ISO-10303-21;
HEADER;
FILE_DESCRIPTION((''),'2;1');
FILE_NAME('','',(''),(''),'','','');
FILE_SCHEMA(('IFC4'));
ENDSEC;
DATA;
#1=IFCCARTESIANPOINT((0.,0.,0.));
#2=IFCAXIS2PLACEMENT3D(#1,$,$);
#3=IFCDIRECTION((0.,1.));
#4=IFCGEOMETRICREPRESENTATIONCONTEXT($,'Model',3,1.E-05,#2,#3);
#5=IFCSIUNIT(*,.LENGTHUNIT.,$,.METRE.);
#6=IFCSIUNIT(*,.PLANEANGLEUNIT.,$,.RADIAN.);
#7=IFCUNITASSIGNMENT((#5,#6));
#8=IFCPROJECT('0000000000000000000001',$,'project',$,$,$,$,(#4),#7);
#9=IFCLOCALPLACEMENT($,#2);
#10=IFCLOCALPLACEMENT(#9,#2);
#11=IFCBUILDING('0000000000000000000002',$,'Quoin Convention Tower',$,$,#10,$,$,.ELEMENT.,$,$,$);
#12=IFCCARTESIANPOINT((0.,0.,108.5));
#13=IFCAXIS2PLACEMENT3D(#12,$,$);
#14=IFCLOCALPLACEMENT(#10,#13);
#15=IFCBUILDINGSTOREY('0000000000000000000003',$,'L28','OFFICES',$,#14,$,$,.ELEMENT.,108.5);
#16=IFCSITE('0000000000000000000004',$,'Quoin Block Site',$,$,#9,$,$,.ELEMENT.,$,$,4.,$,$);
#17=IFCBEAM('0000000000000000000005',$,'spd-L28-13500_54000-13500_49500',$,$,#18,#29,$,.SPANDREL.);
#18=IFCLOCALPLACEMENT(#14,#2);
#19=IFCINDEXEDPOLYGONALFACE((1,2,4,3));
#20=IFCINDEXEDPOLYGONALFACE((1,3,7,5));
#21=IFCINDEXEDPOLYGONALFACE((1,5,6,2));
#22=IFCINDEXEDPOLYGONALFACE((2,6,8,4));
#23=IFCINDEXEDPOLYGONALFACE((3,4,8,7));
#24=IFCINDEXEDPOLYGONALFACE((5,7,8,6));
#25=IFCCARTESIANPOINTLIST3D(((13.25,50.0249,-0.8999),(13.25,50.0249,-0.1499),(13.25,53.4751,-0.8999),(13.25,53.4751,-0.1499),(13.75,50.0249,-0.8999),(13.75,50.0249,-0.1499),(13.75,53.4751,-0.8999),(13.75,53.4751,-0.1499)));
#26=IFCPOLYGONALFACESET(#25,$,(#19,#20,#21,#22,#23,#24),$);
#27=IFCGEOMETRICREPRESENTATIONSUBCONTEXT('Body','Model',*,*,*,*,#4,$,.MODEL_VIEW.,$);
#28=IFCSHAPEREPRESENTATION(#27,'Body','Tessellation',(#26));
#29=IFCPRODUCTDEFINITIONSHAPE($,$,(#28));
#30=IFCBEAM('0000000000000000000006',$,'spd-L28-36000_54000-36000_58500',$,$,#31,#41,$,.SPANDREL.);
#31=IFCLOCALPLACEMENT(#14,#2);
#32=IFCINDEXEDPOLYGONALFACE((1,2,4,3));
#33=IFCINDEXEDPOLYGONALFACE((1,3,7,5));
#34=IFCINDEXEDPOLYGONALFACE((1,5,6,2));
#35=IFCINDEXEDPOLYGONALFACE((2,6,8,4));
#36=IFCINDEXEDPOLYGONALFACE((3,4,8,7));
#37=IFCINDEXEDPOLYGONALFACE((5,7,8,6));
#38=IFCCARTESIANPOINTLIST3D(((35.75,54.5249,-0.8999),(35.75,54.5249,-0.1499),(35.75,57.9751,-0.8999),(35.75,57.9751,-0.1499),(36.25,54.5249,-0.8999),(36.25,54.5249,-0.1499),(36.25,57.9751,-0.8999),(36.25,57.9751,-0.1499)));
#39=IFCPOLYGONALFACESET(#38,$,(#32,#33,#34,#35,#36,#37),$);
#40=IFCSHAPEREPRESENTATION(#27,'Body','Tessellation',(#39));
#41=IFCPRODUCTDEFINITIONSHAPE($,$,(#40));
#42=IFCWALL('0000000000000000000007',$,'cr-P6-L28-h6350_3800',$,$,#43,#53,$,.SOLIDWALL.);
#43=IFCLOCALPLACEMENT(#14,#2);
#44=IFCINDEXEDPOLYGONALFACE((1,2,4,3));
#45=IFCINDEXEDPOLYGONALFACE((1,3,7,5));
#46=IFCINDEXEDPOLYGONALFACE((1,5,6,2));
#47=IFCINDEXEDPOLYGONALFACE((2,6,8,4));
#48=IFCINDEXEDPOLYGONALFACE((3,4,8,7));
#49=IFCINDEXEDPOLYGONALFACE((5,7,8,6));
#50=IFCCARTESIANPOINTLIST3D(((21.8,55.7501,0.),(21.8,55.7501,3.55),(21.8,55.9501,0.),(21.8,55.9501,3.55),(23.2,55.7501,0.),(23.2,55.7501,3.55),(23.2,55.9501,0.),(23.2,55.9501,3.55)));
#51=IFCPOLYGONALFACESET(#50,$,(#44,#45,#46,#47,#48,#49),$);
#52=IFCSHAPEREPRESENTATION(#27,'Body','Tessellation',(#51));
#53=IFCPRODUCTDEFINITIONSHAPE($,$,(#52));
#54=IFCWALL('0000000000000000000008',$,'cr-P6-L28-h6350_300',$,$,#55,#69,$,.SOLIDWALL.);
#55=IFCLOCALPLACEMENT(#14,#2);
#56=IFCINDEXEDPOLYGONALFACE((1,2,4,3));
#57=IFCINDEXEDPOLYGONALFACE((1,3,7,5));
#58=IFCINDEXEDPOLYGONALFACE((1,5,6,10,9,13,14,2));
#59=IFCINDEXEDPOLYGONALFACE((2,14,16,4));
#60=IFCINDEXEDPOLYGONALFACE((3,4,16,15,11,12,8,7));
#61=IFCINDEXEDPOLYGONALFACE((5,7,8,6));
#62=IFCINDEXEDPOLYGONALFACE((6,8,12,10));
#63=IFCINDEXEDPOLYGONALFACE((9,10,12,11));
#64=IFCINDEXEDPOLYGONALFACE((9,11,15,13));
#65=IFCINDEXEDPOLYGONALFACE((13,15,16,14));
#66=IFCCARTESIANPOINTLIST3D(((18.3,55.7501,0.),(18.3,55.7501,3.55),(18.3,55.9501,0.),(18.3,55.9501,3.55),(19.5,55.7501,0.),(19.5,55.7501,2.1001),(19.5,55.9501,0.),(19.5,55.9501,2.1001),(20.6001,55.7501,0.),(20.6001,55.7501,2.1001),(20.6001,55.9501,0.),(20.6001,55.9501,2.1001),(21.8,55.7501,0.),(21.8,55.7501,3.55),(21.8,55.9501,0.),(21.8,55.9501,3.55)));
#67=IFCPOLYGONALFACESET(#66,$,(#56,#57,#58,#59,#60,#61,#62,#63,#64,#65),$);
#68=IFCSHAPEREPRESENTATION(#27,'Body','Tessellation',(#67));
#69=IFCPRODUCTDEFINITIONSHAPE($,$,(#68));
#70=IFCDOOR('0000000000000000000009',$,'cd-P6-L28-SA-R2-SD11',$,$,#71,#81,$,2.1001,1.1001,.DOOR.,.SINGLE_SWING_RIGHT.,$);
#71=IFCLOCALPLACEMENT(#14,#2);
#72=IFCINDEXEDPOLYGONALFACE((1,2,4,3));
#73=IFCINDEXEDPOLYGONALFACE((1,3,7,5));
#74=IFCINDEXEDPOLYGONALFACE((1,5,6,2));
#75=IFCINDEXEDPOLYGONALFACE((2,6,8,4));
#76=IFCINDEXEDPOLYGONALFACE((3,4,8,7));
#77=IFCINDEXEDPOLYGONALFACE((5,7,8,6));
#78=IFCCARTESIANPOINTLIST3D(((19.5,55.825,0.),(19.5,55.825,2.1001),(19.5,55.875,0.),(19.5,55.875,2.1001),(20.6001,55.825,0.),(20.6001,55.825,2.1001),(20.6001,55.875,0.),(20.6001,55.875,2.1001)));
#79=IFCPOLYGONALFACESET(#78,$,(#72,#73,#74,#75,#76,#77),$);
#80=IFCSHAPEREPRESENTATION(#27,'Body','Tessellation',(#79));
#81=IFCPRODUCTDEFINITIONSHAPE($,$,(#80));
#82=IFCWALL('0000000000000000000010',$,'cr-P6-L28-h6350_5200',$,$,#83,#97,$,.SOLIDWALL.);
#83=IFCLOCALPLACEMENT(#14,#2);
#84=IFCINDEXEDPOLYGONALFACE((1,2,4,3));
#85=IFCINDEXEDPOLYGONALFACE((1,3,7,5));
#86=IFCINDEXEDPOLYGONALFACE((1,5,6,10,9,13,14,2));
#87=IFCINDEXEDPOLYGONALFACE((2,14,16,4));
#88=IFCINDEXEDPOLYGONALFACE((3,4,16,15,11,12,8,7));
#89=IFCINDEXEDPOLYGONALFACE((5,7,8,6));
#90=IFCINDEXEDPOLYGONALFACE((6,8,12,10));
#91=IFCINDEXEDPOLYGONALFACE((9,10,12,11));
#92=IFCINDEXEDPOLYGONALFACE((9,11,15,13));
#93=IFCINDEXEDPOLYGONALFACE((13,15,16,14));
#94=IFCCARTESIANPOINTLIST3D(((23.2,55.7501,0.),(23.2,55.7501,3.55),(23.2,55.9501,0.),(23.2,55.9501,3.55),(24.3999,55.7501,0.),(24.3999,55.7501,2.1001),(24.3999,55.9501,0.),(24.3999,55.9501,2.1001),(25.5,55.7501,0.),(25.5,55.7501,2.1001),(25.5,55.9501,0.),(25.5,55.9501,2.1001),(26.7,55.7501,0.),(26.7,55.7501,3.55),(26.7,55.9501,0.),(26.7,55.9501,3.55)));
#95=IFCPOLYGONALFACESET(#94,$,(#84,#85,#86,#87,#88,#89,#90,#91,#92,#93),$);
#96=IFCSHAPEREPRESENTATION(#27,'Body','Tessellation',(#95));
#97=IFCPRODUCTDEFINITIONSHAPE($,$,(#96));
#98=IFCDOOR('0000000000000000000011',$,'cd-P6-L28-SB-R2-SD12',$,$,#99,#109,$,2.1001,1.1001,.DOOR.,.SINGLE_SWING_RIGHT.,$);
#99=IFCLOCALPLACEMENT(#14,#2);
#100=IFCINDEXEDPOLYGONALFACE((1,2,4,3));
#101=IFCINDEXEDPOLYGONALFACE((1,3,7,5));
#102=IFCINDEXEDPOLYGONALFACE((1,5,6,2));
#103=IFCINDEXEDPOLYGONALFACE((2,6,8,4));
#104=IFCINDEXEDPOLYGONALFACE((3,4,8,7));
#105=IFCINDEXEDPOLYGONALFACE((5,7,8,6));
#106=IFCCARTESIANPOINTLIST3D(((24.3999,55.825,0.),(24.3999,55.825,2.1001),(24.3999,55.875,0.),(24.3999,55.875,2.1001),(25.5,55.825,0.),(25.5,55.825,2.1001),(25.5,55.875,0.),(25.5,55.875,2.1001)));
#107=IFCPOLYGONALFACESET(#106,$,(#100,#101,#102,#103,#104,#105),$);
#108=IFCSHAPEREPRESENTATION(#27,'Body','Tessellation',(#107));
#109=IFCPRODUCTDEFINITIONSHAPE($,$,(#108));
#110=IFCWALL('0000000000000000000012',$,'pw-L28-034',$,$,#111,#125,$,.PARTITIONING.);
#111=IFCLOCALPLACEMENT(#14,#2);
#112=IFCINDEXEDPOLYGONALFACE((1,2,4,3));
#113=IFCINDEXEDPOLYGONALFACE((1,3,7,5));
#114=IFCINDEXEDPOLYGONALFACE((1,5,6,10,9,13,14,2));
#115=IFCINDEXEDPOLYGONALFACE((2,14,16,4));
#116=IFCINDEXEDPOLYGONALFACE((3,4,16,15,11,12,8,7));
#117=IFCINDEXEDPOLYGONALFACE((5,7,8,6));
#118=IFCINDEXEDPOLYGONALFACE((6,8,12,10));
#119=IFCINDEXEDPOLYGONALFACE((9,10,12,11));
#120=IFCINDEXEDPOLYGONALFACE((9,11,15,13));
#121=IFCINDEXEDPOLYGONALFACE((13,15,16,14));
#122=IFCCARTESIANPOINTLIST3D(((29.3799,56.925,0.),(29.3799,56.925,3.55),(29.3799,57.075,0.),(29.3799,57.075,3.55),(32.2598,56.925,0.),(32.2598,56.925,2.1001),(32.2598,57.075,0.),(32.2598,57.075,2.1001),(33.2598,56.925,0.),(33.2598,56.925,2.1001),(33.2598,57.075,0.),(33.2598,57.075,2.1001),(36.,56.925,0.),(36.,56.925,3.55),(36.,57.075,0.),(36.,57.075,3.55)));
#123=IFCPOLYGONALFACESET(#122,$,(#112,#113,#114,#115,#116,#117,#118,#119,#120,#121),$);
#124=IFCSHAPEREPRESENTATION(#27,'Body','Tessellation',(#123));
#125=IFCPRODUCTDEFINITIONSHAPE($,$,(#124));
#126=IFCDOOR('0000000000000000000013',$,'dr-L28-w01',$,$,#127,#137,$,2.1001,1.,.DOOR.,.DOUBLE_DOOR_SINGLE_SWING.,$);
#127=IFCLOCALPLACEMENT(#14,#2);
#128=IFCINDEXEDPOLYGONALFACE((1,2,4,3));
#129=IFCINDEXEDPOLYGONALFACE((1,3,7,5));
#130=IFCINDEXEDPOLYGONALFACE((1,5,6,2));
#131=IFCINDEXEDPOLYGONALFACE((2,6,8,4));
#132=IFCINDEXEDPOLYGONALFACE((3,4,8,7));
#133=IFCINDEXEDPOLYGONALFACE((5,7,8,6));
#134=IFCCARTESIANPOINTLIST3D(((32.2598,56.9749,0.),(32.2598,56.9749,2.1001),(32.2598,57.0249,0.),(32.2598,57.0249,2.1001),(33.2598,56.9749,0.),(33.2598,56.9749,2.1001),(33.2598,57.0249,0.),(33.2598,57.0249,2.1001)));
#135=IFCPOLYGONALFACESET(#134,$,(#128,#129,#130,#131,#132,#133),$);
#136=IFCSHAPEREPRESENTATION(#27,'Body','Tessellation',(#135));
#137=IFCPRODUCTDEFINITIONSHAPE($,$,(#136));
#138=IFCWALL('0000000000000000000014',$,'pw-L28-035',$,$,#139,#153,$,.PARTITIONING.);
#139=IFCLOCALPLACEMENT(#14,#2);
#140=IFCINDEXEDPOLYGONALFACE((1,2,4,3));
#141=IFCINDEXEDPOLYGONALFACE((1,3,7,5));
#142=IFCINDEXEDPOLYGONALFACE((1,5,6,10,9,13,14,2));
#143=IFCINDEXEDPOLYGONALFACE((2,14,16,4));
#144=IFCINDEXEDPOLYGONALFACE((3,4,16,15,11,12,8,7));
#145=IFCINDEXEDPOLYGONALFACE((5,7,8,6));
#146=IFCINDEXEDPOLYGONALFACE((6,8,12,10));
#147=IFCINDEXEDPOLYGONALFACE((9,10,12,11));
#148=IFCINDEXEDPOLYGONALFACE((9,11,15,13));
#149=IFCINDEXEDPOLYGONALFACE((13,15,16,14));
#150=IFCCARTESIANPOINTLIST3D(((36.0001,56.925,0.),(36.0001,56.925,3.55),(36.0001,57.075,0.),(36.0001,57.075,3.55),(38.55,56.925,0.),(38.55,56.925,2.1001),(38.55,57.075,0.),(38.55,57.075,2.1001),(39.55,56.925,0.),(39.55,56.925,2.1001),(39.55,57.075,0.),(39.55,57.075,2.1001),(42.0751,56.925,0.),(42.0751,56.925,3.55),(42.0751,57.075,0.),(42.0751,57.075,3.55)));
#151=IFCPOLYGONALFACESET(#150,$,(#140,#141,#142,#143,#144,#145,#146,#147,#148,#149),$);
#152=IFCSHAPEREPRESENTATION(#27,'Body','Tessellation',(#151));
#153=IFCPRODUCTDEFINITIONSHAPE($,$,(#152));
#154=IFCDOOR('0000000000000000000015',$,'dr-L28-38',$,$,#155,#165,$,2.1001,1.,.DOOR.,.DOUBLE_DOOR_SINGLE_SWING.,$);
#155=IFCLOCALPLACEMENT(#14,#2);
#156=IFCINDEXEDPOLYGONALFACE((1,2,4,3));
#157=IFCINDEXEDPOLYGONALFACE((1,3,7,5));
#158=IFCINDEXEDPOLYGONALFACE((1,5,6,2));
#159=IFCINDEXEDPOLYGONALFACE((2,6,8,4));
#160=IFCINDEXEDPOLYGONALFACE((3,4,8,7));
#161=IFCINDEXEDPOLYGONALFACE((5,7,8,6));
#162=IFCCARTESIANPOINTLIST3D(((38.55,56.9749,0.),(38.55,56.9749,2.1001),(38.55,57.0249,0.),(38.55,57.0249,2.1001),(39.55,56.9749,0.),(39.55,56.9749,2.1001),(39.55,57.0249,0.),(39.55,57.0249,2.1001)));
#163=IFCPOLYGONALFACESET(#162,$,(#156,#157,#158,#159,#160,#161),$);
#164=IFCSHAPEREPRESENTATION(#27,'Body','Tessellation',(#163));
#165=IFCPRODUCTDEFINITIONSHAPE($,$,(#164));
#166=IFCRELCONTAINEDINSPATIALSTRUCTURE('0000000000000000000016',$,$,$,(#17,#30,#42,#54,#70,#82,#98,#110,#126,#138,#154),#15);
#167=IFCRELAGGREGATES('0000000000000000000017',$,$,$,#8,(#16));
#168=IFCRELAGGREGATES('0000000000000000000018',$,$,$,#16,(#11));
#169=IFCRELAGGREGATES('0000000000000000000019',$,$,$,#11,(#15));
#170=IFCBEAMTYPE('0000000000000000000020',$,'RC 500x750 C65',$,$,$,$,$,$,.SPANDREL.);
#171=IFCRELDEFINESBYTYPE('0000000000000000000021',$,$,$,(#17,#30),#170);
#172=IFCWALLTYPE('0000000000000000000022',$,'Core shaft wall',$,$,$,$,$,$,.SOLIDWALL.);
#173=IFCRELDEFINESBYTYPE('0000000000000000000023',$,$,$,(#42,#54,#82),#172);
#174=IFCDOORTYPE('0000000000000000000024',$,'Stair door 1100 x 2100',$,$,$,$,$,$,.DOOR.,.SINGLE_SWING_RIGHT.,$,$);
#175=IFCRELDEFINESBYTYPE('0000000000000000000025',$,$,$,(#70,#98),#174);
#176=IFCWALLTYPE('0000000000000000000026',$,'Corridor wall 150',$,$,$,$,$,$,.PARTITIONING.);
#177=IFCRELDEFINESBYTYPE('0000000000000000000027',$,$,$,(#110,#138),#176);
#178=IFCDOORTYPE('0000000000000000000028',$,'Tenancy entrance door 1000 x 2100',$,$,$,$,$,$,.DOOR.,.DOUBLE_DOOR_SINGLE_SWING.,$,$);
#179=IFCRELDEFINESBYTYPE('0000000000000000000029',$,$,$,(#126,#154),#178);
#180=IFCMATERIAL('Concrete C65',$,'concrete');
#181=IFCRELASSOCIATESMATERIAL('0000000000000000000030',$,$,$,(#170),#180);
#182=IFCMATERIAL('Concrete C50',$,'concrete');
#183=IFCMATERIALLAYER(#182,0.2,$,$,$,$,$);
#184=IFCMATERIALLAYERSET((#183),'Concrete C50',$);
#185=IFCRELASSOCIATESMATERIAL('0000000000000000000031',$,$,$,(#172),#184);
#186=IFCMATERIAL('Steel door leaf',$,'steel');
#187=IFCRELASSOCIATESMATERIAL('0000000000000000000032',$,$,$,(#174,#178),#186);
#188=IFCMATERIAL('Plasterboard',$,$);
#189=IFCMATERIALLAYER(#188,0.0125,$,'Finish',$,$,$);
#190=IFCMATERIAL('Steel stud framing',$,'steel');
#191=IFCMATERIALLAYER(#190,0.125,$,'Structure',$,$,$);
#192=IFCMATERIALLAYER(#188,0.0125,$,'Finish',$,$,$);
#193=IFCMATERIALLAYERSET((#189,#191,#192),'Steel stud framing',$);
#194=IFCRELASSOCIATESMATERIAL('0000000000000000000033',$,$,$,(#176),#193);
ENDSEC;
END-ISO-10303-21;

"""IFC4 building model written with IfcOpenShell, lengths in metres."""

from ifc_helpers import new_model, si_unit, direction, frame, frame_2d, origin, origin_2d, place, context, subcontext, project, spatial, rectangle, extrude, material, layer, layer_set, material_profile, profile_set, type_object, element, fill, save


model = new_model("IFC4")

# Units and contexts
model_context = context("Model", 3, precision=1e-05, world=origin(), true_north=direction((0.0, 1.0)))
body_context = subcontext(model_context, "Body", "Model", "MODEL_VIEW")
ifc_project = project(units=[si_unit("LENGTHUNIT", "METRE"), si_unit("PLANEANGLEUNIT", "RADIAN")], contexts=[model_context])

# Site, building, storey
site_placement = place(None, origin())
site = spatial("IfcSite", under=ifc_project, at=site_placement, Name="Quoin Block Site", CompositionType="ELEMENT", RefElevation=4.0)
building_placement = place(site_placement, origin())
building = spatial("IfcBuilding", under=site, at=building_placement, Name="Quoin Convention Tower", CompositionType="ELEMENT")
storey_placement = place(building_placement, frame((0.0, 0.0, 108.5)))
storey = spatial("IfcBuildingStorey", under=building, at=storey_placement, Name="L28", Description="OFFICES", CompositionType="ELEMENT", Elevation=108.5)

# Shared definitions
ifc_material_1 = material(Name="Concrete C65", Category="concrete")

# Beams
ifc_material_profile_1 = material_profile(ifc_material_1, rectangle(XDim=0.5, YDim=0.75, at=origin_2d()), Name="RC 500x750")
ifc_profile_set_1 = profile_set([ifc_material_profile_1], Name="Concrete C65")
beam_type_1 = type_object("IfcBeamType", Name="RC 500x750 C65", PredefinedType="SPANDREL", material=ifc_profile_set_1)
for number, where, z_axis, x_axis, name in (
    (1, (13.5, 53.4751, -0.5249), (0.0, -1.0, 0.0), (1.0, 0.0, 0.0), "spd-L28-13500_54000-13500_49500"),
    (2, (36.0, 54.5249, -0.5249), (0.0, 1.0, 0.0), (-1.0, 0.0, 0.0), "spd-L28-36000_54000-36000_58500"),
):
    element("IfcBeam", number, at=place(storey_placement, frame(where, z_axis=z_axis, x_axis=x_axis)), inside=storey, type_object=beam_type_1, Name=name, PredefinedType="SPANDREL", context=body_context, shape_type="SweptSolid", body=[
        extrude(rectangle(XDim=0.5, YDim=0.75, at=origin_2d()), origin(), (0.0, 0.0, 1.0), 3.4502),
    ])

# Wall
ifc_material_2 = material(Name="Concrete C50", Category="concrete")
ifc_layer_1 = layer(ifc_material_2, 0.2)
ifc_layer_set_1 = layer_set([ifc_layer_1], Name="Concrete C50")
wall_type_1 = type_object("IfcWallType", Name="Core shaft wall", PredefinedType="SOLIDWALL", material=ifc_layer_set_1)
wall_1_placement = place(storey_placement, frame((21.8, 55.8501, 0.0), z_axis=(0.0, 0.0, 1.0), x_axis=(1.0, 0.0, 0.0)))
element("IfcWall", 3, at=wall_1_placement, inside=storey, type_object=wall_type_1, Name="cr-P6-L28-h6350_3800", PredefinedType="SOLIDWALL", context=body_context, shape_type="SweptSolid", body=[
    extrude(rectangle(XDim=1.3999, YDim=0.2, at=frame_2d((0.7, 0.0))), origin(), (0.0, 0.0, 1.0), 3.55),
])

# Walls, openings, doors
wall_2_placement = place(storey_placement, frame((18.3, 55.8501, 0.0), z_axis=(0.0, 0.0, 1.0), x_axis=(1.0, 0.0, 0.0)))
wall_2 = element("IfcWall", 4, at=wall_2_placement, inside=storey, type_object=wall_type_1, Name="cr-P6-L28-h6350_300", PredefinedType="SOLIDWALL", context=body_context, shape_type="SweptSolid", body=[
    extrude(rectangle(XDim=3.5, YDim=0.2, at=frame_2d((1.75, 0.0))), origin(), (0.0, 0.0, 1.0), 3.55),
])
opening_1_placement = place(wall_2_placement, frame((1.2, 0.0, 0.0)))
opening_1 = element("IfcOpeningElement", 5, at=opening_1_placement, cuts=wall_2, PredefinedType="OPENING", context=body_context, shape_type="SweptSolid", body=[
    extrude(rectangle(XDim=1.1001, YDim=2.1001, at=frame_2d((0.55, 1.05))), frame((0.0, 0.1099, 0.0), z_axis=(0.0, -1.0, 0.0), x_axis=(1.0, 0.0, 0.0)), (0.0, 0.0, 1.0), 0.22),
])
ifc_material_3 = material(Name="Steel door leaf", Category="steel")
door_type_1 = type_object("IfcDoorType", Name="Stair door 1100 x 2100", OperationType="SINGLE_SWING_RIGHT", PredefinedType="DOOR", material=ifc_material_3)
door_1_placement = place(opening_1_placement, origin())
door_1 = element("IfcDoor", 6, at=door_1_placement, inside=storey, type_object=door_type_1, Name="cd-P6-L28-SA-R2-SD11", OperationType="SINGLE_SWING_RIGHT", OverallHeight=2.1001, OverallWidth=1.1001, PredefinedType="DOOR", context=body_context, shape_type="SweptSolid", body=[
    extrude(rectangle(XDim=1.1001, YDim=2.1001, at=frame_2d((0.55, 1.05))), frame((0.0, 0.0249, 0.0), z_axis=(0.0, -1.0, 0.0), x_axis=(1.0, 0.0, 0.0)), (0.0, 0.0, 1.0), 0.05),
])
fill(opening_1, door_1)
wall_3_placement = place(storey_placement, frame((23.2, 55.8501, 0.0), z_axis=(0.0, 0.0, 1.0), x_axis=(1.0, 0.0, 0.0)))
wall_3 = element("IfcWall", 7, at=wall_3_placement, inside=storey, type_object=wall_type_1, Name="cr-P6-L28-h6350_5200", PredefinedType="SOLIDWALL", context=body_context, shape_type="SweptSolid", body=[
    extrude(rectangle(XDim=3.5, YDim=0.2, at=frame_2d((1.75, 0.0))), origin(), (0.0, 0.0, 1.0), 3.55),
])
opening_2_placement = place(wall_3_placement, frame((1.2, 0.0, 0.0)))
opening_2 = element("IfcOpeningElement", 8, at=opening_2_placement, cuts=wall_3, PredefinedType="OPENING", context=body_context, shape_type="SweptSolid", body=[
    extrude(rectangle(XDim=1.1001, YDim=2.1001, at=frame_2d((0.55, 1.05))), frame((0.0, 0.1099, 0.0), z_axis=(0.0, -1.0, 0.0), x_axis=(1.0, 0.0, 0.0)), (0.0, 0.0, 1.0), 0.22),
])
door_2_placement = place(opening_2_placement, origin())
door_2 = element("IfcDoor", 9, at=door_2_placement, inside=storey, type_object=door_type_1, Name="cd-P6-L28-SB-R2-SD12", OperationType="SINGLE_SWING_RIGHT", OverallHeight=2.1001, OverallWidth=1.1001, PredefinedType="DOOR", context=body_context, shape_type="SweptSolid", body=[
    extrude(rectangle(XDim=1.1001, YDim=2.1001, at=frame_2d((0.55, 1.05))), frame((0.0, 0.0249, 0.0), z_axis=(0.0, -1.0, 0.0), x_axis=(1.0, 0.0, 0.0)), (0.0, 0.0, 1.0), 0.05),
])
fill(opening_2, door_2)
ifc_material_4 = material(Name="Plasterboard")
ifc_layer_2 = layer(ifc_material_4, 0.0125, Name="Finish")
ifc_material_5 = material(Name="Steel stud framing", Category="steel")
ifc_layer_3 = layer(ifc_material_5, 0.125, Name="Structure")
ifc_layer_4 = layer(ifc_material_4, 0.0125, Name="Finish")
ifc_layer_set_2 = layer_set([ifc_layer_2, ifc_layer_3, ifc_layer_4], Name="Steel stud framing")
wall_type_2 = type_object("IfcWallType", Name="Corridor wall 150", PredefinedType="PARTITIONING", material=ifc_layer_set_2)
wall_4_placement = place(storey_placement, frame((29.3799, 57.0, 0.0), z_axis=(0.0, 0.0, 1.0), x_axis=(1.0, 0.0, 0.0)))
wall_4 = element("IfcWall", 10, at=wall_4_placement, inside=storey, type_object=wall_type_2, Name="pw-L28-034", PredefinedType="PARTITIONING", context=body_context, shape_type="SweptSolid", body=[
    extrude(rectangle(XDim=6.6201, YDim=0.1499, at=frame_2d((3.3101, 0.0))), origin(), (0.0, 0.0, 1.0), 3.55),
])
opening_3_placement = place(wall_4_placement, frame((2.8799, 0.0, 0.0)))
opening_3 = element("IfcOpeningElement", 11, at=opening_3_placement, cuts=wall_4, PredefinedType="OPENING", context=body_context, shape_type="SweptSolid", body=[
    extrude(rectangle(XDim=1.0, YDim=2.1001, at=frame_2d((0.5, 1.05))), frame((0.0, 0.085, 0.0), z_axis=(0.0, -1.0, 0.0), x_axis=(1.0, 0.0, 0.0)), (0.0, 0.0, 1.0), 0.1699),
])
door_type_2 = type_object("IfcDoorType", Name="Tenancy entrance door 1000 x 2100", OperationType="DOUBLE_DOOR_SINGLE_SWING", PredefinedType="DOOR", material=ifc_material_3)
door_3_placement = place(opening_3_placement, origin())
door_3 = element("IfcDoor", 12, at=door_3_placement, inside=storey, type_object=door_type_2, Name="dr-L28-w01", OperationType="DOUBLE_DOOR_SINGLE_SWING", OverallHeight=2.1001, OverallWidth=1.0, PredefinedType="DOOR", context=body_context, shape_type="SweptSolid", body=[
    extrude(rectangle(XDim=1.0, YDim=2.1001, at=frame_2d((0.5, 1.05))), frame((0.0, 0.0249, 0.0), z_axis=(0.0, -1.0, 0.0), x_axis=(1.0, 0.0, 0.0)), (0.0, 0.0, 1.0), 0.05),
])
fill(opening_3, door_3)
wall_5_placement = place(storey_placement, frame((36.0, 57.0, 0.0), z_axis=(0.0, 0.0, 1.0), x_axis=(1.0, 0.0, 0.0)))
wall_5 = element("IfcWall", 13, at=wall_5_placement, inside=storey, type_object=wall_type_2, Name="pw-L28-035", PredefinedType="PARTITIONING", context=body_context, shape_type="SweptSolid", body=[
    extrude(rectangle(XDim=6.075, YDim=0.1499, at=frame_2d((3.0376, 0.0))), origin(), (0.0, 0.0, 1.0), 3.55),
])
opening_4_placement = place(wall_5_placement, frame((2.55, 0.0, 0.0)))
opening_4 = element("IfcOpeningElement", 14, at=opening_4_placement, cuts=wall_5, PredefinedType="OPENING", context=body_context, shape_type="SweptSolid", body=[
    extrude(rectangle(XDim=1.0, YDim=2.1001, at=frame_2d((0.5, 1.05))), frame((0.0, 0.085, 0.0), z_axis=(0.0, -1.0, 0.0), x_axis=(1.0, 0.0, 0.0)), (0.0, 0.0, 1.0), 0.1699),
])
door_4_placement = place(opening_4_placement, origin())
door_4 = element("IfcDoor", 15, at=door_4_placement, inside=storey, type_object=door_type_2, Name="dr-L28-38", OperationType="DOUBLE_DOOR_SINGLE_SWING", OverallHeight=2.1001, OverallWidth=1.0, PredefinedType="DOOR", context=body_context, shape_type="SweptSolid", body=[
    extrude(rectangle(XDim=1.0, YDim=2.1001, at=frame_2d((0.5, 1.05))), frame((0.0, 0.0249, 0.0), z_axis=(0.0, -1.0, 0.0), x_axis=(1.0, 0.0, 0.0)), (0.0, 0.0, 1.0), 0.05),
])
fill(opening_4, door_4)

save(model, "model.ifc")
